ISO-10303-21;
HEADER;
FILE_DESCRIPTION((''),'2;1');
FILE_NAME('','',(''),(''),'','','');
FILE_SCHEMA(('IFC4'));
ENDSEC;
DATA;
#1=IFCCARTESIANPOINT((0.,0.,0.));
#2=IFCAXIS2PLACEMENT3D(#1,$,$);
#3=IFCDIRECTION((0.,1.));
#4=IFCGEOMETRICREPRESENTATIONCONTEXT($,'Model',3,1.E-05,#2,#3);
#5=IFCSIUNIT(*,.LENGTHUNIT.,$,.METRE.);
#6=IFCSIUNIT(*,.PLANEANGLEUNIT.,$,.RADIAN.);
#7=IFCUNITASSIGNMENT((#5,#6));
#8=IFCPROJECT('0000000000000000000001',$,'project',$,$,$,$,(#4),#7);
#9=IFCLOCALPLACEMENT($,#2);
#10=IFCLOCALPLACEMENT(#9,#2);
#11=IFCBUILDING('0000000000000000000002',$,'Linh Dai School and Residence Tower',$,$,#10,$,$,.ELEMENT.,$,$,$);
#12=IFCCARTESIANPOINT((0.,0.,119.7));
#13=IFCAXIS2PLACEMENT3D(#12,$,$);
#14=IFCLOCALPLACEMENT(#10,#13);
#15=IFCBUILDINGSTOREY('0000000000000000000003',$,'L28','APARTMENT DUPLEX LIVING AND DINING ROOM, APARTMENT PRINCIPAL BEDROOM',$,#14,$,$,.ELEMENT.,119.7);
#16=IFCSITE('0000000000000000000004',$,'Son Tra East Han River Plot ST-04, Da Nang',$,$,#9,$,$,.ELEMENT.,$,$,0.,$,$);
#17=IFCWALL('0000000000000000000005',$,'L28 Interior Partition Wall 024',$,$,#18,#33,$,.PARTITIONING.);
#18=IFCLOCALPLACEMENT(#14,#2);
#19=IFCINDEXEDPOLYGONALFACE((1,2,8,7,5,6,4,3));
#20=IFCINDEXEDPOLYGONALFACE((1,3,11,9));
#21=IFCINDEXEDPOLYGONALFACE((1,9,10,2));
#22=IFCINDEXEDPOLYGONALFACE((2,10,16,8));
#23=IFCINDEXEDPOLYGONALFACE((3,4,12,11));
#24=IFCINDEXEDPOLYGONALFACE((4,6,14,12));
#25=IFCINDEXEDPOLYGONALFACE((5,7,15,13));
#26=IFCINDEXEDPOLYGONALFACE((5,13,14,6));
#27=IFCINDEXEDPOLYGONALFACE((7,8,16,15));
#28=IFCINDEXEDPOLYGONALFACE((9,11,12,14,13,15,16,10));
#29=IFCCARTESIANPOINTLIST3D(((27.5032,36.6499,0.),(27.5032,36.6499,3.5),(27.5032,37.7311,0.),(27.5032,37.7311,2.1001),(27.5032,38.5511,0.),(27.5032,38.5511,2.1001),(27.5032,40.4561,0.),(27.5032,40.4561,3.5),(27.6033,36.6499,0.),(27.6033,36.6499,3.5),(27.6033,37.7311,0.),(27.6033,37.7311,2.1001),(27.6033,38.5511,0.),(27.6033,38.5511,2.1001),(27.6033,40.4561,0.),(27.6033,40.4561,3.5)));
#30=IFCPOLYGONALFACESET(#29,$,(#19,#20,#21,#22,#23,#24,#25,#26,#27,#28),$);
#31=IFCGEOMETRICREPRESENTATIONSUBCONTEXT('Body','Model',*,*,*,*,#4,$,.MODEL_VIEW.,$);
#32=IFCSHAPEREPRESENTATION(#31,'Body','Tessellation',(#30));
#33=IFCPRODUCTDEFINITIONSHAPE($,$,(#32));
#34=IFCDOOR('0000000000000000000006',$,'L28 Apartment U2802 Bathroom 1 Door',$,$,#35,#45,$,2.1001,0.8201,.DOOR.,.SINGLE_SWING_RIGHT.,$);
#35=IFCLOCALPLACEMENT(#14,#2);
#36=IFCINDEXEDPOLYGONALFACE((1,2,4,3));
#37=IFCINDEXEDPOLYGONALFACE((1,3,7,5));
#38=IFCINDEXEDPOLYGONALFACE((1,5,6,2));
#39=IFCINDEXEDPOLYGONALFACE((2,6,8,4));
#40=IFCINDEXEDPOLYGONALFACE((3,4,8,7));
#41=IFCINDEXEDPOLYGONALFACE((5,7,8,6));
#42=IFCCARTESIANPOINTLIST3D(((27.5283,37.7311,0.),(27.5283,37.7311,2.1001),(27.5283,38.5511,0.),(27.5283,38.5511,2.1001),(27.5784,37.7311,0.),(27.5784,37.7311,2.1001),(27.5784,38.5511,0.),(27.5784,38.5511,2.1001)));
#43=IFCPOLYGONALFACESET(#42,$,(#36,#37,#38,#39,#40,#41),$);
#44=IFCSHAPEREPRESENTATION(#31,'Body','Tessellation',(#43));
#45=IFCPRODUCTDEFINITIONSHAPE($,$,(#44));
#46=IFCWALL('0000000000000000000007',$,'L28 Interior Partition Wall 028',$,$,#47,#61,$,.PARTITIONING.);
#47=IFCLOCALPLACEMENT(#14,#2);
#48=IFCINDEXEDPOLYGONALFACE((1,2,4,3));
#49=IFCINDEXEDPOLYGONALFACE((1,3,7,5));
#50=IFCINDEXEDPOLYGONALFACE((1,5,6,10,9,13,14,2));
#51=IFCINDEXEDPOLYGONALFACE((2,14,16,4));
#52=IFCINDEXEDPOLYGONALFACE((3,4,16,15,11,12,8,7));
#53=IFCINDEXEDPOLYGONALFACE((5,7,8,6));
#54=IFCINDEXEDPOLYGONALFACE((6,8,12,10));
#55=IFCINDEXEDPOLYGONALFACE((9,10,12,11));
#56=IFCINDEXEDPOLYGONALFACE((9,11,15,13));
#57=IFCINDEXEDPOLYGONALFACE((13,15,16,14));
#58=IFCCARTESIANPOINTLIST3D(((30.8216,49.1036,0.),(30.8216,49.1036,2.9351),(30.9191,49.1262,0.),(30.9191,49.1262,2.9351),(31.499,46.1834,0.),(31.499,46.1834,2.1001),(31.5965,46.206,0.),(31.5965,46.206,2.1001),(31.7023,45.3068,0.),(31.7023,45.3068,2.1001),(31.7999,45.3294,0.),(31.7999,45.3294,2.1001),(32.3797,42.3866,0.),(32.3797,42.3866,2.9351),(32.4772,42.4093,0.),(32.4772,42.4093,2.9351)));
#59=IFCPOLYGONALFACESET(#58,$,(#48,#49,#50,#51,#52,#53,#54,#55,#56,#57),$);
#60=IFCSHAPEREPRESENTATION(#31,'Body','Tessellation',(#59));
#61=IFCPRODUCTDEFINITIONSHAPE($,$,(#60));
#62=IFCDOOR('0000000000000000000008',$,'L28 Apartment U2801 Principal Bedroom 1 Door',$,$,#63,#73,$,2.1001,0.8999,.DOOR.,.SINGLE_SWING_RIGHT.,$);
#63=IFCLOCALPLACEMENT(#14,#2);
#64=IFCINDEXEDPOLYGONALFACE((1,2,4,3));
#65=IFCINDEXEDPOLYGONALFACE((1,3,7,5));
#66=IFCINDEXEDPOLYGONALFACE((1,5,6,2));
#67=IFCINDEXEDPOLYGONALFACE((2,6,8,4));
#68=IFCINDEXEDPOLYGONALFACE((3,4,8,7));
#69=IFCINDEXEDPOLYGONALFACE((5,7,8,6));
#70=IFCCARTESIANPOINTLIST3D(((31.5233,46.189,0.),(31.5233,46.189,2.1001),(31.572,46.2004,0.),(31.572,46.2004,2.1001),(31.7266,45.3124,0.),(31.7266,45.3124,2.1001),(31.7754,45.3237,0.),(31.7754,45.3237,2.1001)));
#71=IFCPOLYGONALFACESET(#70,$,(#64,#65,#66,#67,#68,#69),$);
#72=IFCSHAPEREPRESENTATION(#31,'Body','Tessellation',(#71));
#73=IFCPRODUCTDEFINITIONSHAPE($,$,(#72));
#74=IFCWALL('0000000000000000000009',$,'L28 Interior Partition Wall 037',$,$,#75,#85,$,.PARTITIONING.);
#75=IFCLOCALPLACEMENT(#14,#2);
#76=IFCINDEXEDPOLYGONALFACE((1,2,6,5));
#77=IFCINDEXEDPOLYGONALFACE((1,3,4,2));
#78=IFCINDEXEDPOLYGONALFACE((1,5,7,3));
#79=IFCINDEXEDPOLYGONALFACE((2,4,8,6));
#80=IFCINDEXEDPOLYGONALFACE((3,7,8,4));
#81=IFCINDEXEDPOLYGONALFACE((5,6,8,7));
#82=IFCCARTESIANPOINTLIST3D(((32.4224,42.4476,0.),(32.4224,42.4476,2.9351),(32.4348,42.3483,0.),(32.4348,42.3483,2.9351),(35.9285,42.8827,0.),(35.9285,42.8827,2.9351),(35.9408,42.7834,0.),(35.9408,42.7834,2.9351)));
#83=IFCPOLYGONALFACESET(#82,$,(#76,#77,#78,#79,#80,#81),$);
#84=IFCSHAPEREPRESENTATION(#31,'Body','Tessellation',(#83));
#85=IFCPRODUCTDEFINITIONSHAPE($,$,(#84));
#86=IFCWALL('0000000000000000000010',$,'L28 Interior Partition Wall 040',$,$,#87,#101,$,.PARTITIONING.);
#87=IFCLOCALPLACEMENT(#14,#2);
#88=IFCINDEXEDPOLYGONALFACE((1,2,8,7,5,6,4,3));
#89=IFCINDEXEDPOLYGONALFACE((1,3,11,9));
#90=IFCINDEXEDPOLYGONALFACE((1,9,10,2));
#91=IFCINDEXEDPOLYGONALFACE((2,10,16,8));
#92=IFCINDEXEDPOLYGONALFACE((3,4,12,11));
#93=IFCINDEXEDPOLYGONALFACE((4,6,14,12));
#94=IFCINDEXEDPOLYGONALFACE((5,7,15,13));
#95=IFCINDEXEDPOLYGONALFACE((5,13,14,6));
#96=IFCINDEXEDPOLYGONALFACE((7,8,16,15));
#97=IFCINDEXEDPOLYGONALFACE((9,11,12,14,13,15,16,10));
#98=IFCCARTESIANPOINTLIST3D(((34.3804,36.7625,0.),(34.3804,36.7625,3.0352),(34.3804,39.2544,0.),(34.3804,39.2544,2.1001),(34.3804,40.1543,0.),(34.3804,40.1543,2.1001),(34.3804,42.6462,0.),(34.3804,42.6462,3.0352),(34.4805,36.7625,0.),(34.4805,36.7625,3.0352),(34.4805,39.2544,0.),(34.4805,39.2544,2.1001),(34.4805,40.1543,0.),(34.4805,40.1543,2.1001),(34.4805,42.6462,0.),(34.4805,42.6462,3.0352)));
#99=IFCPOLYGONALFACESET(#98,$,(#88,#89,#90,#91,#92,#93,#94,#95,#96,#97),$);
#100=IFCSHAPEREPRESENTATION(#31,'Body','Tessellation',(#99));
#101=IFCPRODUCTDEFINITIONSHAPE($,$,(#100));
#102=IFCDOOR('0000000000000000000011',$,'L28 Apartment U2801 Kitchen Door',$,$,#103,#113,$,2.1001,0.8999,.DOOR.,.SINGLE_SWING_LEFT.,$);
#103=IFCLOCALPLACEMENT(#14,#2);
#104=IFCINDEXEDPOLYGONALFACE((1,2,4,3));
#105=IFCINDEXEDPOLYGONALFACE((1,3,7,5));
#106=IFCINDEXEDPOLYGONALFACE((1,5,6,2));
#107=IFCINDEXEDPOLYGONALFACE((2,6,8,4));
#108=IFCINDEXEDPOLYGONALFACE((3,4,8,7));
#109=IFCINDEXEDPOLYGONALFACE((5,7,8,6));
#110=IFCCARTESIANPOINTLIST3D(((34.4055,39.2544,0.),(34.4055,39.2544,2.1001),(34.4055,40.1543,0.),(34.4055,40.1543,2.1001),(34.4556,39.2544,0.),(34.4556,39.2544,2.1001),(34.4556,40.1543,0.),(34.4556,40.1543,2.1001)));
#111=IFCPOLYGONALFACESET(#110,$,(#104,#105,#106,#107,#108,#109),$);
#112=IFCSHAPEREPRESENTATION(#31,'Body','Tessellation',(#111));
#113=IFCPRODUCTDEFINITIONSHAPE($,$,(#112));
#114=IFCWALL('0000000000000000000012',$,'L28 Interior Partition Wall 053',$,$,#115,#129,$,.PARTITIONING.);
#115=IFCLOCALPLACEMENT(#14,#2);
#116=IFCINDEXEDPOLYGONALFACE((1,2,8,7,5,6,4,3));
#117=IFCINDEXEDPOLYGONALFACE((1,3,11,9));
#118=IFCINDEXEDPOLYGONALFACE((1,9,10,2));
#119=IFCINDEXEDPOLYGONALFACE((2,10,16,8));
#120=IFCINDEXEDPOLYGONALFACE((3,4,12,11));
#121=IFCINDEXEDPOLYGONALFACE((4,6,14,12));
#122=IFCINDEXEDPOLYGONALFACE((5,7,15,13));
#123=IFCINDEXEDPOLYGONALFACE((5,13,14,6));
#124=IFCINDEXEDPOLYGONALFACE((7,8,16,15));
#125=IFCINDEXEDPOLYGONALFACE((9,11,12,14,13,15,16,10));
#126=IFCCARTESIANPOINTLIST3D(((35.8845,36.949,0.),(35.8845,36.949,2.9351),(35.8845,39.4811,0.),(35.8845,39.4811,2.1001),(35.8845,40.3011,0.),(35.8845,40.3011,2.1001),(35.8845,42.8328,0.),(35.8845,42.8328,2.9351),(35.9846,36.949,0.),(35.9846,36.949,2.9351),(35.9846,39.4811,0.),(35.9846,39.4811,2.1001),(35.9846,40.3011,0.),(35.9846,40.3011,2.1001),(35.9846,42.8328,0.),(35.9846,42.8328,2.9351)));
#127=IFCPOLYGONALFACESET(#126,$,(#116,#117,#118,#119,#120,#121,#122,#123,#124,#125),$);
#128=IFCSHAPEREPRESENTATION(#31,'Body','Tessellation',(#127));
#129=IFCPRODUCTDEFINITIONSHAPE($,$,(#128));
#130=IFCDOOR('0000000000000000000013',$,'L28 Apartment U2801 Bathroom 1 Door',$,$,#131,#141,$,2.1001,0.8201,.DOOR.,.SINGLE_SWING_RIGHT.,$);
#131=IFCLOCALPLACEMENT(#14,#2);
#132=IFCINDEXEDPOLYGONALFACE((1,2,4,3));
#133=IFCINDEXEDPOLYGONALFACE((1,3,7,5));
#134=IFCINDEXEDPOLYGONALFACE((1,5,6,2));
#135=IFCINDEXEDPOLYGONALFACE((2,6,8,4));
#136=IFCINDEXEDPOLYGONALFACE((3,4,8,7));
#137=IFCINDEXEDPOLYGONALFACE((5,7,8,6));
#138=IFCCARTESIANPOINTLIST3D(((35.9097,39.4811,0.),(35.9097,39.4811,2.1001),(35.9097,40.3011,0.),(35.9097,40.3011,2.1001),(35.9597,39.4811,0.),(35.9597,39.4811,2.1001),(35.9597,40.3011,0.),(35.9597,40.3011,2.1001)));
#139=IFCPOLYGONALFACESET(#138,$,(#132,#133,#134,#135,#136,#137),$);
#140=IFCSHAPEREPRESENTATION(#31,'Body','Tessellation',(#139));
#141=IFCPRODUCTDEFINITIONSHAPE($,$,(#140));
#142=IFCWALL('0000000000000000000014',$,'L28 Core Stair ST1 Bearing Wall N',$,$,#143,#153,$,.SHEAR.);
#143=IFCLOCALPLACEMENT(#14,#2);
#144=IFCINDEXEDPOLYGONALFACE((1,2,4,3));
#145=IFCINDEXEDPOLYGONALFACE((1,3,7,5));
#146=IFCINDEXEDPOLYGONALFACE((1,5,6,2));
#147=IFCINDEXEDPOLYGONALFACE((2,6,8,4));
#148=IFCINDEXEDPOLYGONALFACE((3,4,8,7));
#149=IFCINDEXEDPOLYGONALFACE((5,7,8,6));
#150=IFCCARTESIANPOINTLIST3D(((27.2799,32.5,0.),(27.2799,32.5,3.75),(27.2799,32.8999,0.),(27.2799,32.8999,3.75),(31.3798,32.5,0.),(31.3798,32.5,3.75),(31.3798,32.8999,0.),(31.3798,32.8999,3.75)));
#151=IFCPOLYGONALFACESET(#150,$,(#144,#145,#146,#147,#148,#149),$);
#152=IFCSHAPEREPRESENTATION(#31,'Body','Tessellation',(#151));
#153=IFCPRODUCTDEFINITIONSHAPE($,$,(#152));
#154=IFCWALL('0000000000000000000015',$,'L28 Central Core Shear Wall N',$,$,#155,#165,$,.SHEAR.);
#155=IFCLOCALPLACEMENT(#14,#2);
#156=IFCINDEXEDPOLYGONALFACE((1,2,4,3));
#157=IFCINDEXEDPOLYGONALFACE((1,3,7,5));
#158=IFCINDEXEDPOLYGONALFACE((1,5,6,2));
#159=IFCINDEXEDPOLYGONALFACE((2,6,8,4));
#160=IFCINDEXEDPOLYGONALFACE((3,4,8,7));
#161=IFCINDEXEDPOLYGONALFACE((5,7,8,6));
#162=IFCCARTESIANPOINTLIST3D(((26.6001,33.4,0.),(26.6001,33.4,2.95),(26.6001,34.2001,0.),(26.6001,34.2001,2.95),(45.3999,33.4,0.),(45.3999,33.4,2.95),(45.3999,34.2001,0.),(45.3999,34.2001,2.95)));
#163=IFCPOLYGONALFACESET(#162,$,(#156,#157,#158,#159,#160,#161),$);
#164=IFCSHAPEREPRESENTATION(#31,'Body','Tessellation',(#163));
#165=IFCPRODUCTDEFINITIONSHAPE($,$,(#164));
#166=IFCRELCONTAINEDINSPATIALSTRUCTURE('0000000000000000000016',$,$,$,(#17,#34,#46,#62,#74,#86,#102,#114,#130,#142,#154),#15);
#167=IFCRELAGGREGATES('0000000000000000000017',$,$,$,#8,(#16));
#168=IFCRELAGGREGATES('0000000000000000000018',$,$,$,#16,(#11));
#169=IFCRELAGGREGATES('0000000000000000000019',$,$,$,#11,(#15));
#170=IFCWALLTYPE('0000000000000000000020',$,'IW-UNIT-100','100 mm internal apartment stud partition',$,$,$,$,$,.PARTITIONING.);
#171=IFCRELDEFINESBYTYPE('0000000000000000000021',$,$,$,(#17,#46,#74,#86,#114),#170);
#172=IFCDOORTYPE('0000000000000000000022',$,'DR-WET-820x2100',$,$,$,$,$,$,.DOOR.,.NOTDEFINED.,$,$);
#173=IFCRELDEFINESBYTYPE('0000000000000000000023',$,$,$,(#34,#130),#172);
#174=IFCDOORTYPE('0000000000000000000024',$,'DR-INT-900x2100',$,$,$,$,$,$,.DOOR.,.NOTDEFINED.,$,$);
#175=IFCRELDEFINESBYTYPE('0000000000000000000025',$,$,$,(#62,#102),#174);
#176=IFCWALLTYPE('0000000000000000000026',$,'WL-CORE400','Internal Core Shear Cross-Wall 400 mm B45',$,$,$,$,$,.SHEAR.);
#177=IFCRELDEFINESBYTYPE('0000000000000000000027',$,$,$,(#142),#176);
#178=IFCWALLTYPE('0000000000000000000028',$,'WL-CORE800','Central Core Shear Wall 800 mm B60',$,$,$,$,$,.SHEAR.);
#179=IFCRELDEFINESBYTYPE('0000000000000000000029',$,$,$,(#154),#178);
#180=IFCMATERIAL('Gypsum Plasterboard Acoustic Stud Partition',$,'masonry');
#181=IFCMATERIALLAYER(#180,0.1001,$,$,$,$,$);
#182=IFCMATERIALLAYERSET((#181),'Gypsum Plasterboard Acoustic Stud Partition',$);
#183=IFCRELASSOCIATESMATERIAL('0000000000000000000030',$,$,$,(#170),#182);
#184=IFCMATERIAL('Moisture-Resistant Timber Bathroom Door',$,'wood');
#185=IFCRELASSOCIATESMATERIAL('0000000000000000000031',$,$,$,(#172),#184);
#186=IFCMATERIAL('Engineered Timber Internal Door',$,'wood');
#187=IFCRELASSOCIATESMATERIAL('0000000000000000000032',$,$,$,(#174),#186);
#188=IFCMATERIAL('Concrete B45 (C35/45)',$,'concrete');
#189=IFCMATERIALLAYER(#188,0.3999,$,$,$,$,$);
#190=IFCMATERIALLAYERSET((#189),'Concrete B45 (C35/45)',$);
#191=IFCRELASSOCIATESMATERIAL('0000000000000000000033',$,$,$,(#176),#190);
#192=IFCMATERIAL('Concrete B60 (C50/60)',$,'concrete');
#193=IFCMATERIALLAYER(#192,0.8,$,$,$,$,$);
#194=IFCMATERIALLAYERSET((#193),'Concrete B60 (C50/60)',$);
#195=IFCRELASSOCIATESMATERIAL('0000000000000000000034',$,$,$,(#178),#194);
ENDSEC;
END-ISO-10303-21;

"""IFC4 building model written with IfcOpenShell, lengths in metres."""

from ifc_helpers import new_model, si_unit, direction, frame, frame_2d, origin, origin_2d, place, context, subcontext, project, spatial, rectangle, extrude, source, transform, mapped, material, layer, layer_set, type_object, element, fill, save


model = new_model("IFC4")

# Units and contexts
model_context = context("Model", 3, precision=1e-05, world=origin(), true_north=direction((0.0, 1.0)))
body_context = subcontext(model_context, "Body", "Model", "MODEL_VIEW")
ifc_project = project(units=[si_unit("LENGTHUNIT", "METRE"), si_unit("PLANEANGLEUNIT", "RADIAN")], contexts=[model_context])

# Site, building, storey
site_placement = place(None, origin())
site = spatial("IfcSite", under=ifc_project, at=site_placement, Name="Son Tra East Han River Plot ST-04, Da Nang", CompositionType="ELEMENT", RefElevation=0.0)
building_placement = place(site_placement, origin())
building = spatial("IfcBuilding", under=site, at=building_placement, Name="Linh Dai School and Residence Tower", CompositionType="ELEMENT")
storey_placement = place(building_placement, frame((0.0, 0.0, 119.7)))
storey = spatial("IfcBuildingStorey", under=building, at=storey_placement, Name="L28", Description="APARTMENT DUPLEX LIVING AND DINING ROOM, APARTMENT PRINCIPAL BEDROOM", CompositionType="ELEMENT", Elevation=119.7)

# Walls, openings, doors
ifc_material_1 = material(Name="Gypsum Plasterboard Acoustic Stud Partition", Category="masonry")
ifc_layer_1 = layer(ifc_material_1, 0.1001)
ifc_layer_set_1 = layer_set([ifc_layer_1], Name="Gypsum Plasterboard Acoustic Stud Partition")
wall_type_1 = type_object("IfcWallType", Name="IW-UNIT-100", Description="100 mm internal apartment stud partition", PredefinedType="PARTITIONING", material=ifc_layer_set_1)
wall_1_placement = place(storey_placement, frame((27.5532, 36.6499, 0.0), z_axis=(0.0, 0.0, 1.0), x_axis=(0.0, 1.0, 0.0)))
wall_1 = element("IfcWall", 1, at=wall_1_placement, inside=storey, type_object=wall_type_1, Name="L28 Interior Partition Wall 024", PredefinedType="PARTITIONING", context=body_context, shape_type="SweptSolid", body=[
    extrude(rectangle(XDim=3.8062, YDim=0.1001, at=frame_2d((1.9031, 0.0))), origin(), (0.0, 0.0, 1.0), 3.5),
])
opening_1_placement = place(wall_1_placement, frame((1.0811, 0.0, 0.0)))
opening_1 = element("IfcOpeningElement", 2, at=opening_1_placement, cuts=wall_1, PredefinedType="OPENING", context=body_context, shape_type="SweptSolid", body=[
    extrude(rectangle(XDim=0.8201, YDim=2.1001, at=origin_2d()), frame((0.4102, 0.0601, 1.05), z_axis=(0.0, -1.0, 0.0), x_axis=(1.0, 0.0, 0.0)), (0.0, 0.0, 1.0), 0.1201),
])
ifc_material_2 = material(Name="Moisture-Resistant Timber Bathroom Door", Category="wood")
door_type_1 = type_object("IfcDoorType", Name="DR-WET-820x2100", OperationType="NOTDEFINED", PredefinedType="DOOR", material=ifc_material_2)
shared_shape_1 = source(origin(), body_context, "Body", "SweptSolid", [
    extrude(rectangle(XDim=0.8201, YDim=2.1001, at=origin_2d()), frame((0.4102, 0.0249, 1.05), z_axis=(0.0, -1.0, 0.0), x_axis=(1.0, 0.0, 0.0)), (0.0, 0.0, 1.0), 0.05),
])
door_1_placement = place(opening_1_placement, origin())
door_1 = element("IfcDoor", 3, at=door_1_placement, inside=storey, type_object=door_type_1, Name="L28 Apartment U2802 Bathroom 1 Door", OperationType="SINGLE_SWING_RIGHT", OverallHeight=2.1001, OverallWidth=0.8201, PredefinedType="DOOR", context=body_context, shape_type="MappedRepresentation", body=[
    mapped(shared_shape_1, transform((0.0, 0.0, 0.0), x_axis=(1.0, 0.0, 0.0), y_axis=(0.0, 1.0, 0.0), z_axis=(0.0, 0.0, 1.0), scale=1.0)),
])
fill(opening_1, door_1)
wall_2_placement = place(storey_placement, frame((30.8704, 49.115, 0.0), z_axis=(0.0, 0.0, 1.0), x_axis=(0.225964, -0.974136, 0.0)))
wall_2 = element("IfcWall", 4, at=wall_2_placement, inside=storey, type_object=wall_type_1, Name="L28 Interior Partition Wall 028", PredefinedType="PARTITIONING", context=body_context, shape_type="SweptSolid", body=[
    extrude(rectangle(XDim=6.8953, YDim=0.1001, at=frame_2d((3.4478, 0.0))), origin(), (0.0, 0.0, 1.0), 2.9351),
])
opening_2_placement = place(wall_2_placement, frame((2.9978, 0.0, 0.0)))
opening_2 = element("IfcOpeningElement", 5, at=opening_2_placement, cuts=wall_2, PredefinedType="OPENING", context=body_context, shape_type="SweptSolid", body=[
    extrude(rectangle(XDim=0.8999, YDim=2.1001, at=origin_2d()), frame((0.45, 0.0601, 1.05), z_axis=(0.0, -1.0, 0.0), x_axis=(1.0, 0.0, 0.0)), (0.0, 0.0, 1.0), 0.1201),
])
ifc_material_3 = material(Name="Engineered Timber Internal Door", Category="wood")
door_type_2 = type_object("IfcDoorType", Name="DR-INT-900x2100", OperationType="NOTDEFINED", PredefinedType="DOOR", material=ifc_material_3)
shared_shape_2 = source(origin(), body_context, "Body", "SweptSolid", [
    extrude(rectangle(XDim=0.8999, YDim=2.1001, at=origin_2d()), frame((0.45, 0.0249, 1.05), z_axis=(0.0, -1.0, 0.0), x_axis=(1.0, 0.0, 0.0)), (0.0, 0.0, 1.0), 0.05),
])
door_2_placement = place(opening_2_placement, origin())
door_2 = element("IfcDoor", 6, at=door_2_placement, inside=storey, type_object=door_type_2, Name="L28 Apartment U2801 Principal Bedroom 1 Door", OperationType="SINGLE_SWING_RIGHT", OverallHeight=2.1001, OverallWidth=0.8999, PredefinedType="DOOR", context=body_context, shape_type="MappedRepresentation", body=[
    mapped(shared_shape_2, transform((0.0, 0.0, 0.0), x_axis=(1.0, 0.0, 0.0), y_axis=(0.0, 1.0, 0.0), z_axis=(0.0, 0.0, 1.0), scale=1.0)),
])
fill(opening_2, door_2)

# Wall
wall_3_placement = place(storey_placement, frame((32.4285, 42.3979, 0.0), z_axis=(0.0, 0.0, 1.0), x_axis=(0.992389, 0.123142, 0.0)))
element("IfcWall", 7, at=wall_3_placement, inside=storey, type_object=wall_type_1, Name="L28 Interior Partition Wall 037", PredefinedType="PARTITIONING", context=body_context, shape_type="SweptSolid", body=[
    extrude(rectangle(XDim=3.533, YDim=0.1001, at=frame_2d((1.7666, 0.0))), origin(), (0.0, 0.0, 1.0), 2.9351),
])

# Walls, openings, doors
wall_4_placement = place(storey_placement, frame((34.4304, 36.7625, 0.0), z_axis=(0.0, 0.0, 1.0), x_axis=(0.0, 1.0, 0.0)))
wall_4 = element("IfcWall", 8, at=wall_4_placement, inside=storey, type_object=wall_type_1, Name="L28 Interior Partition Wall 040", PredefinedType="PARTITIONING", context=body_context, shape_type="SweptSolid", body=[
    extrude(rectangle(XDim=5.8838, YDim=0.1001, at=frame_2d((2.9419, 0.0))), origin(), (0.0, 0.0, 1.0), 3.0352),
])
opening_3_placement = place(wall_4_placement, frame((2.4919, 0.0, 0.0)))
opening_3 = element("IfcOpeningElement", 9, at=opening_3_placement, cuts=wall_4, PredefinedType="OPENING", context=body_context, shape_type="SweptSolid", body=[
    extrude(rectangle(XDim=0.8999, YDim=2.1001, at=origin_2d()), frame((0.45, 0.0601, 1.05), z_axis=(0.0, -1.0, 0.0), x_axis=(1.0, 0.0, 0.0)), (0.0, 0.0, 1.0), 0.1201),
])
door_3_placement = place(opening_3_placement, origin())
door_3 = element("IfcDoor", 10, at=door_3_placement, inside=storey, type_object=door_type_2, Name="L28 Apartment U2801 Kitchen Door", OperationType="SINGLE_SWING_LEFT", OverallHeight=2.1001, OverallWidth=0.8999, PredefinedType="DOOR", context=body_context, shape_type="MappedRepresentation", body=[
    mapped(shared_shape_2, transform((0.0, 0.0, 0.0), x_axis=(1.0, 0.0, 0.0), y_axis=(0.0, 1.0, 0.0), z_axis=(0.0, 0.0, 1.0), scale=1.0)),
])
fill(opening_3, door_3)
wall_5_placement = place(storey_placement, frame((35.9346, 36.949, 0.0), z_axis=(0.0, 0.0, 1.0), x_axis=(0.0, 1.0, 0.0)))
wall_5 = element("IfcWall", 11, at=wall_5_placement, inside=storey, type_object=wall_type_1, Name="L28 Interior Partition Wall 053", PredefinedType="PARTITIONING", context=body_context, shape_type="SweptSolid", body=[
    extrude(rectangle(XDim=5.8838, YDim=0.1001, at=frame_2d((2.9419, 0.0))), origin(), (0.0, 0.0, 1.0), 2.9351),
])
opening_4_placement = place(wall_5_placement, frame((2.532, 0.0, 0.0)))
opening_4 = element("IfcOpeningElement", 12, at=opening_4_placement, cuts=wall_5, PredefinedType="OPENING", context=body_context, shape_type="SweptSolid", body=[
    extrude(rectangle(XDim=0.8201, YDim=2.1001, at=origin_2d()), frame((0.4102, 0.0601, 1.05), z_axis=(0.0, -1.0, 0.0), x_axis=(1.0, 0.0, 0.0)), (0.0, 0.0, 1.0), 0.1201),
])
door_4_placement = place(opening_4_placement, origin())
door_4 = element("IfcDoor", 13, at=door_4_placement, inside=storey, type_object=door_type_1, Name="L28 Apartment U2801 Bathroom 1 Door", OperationType="SINGLE_SWING_RIGHT", OverallHeight=2.1001, OverallWidth=0.8201, PredefinedType="DOOR", context=body_context, shape_type="MappedRepresentation", body=[
    mapped(shared_shape_1, transform((0.0, 0.0, 0.0), x_axis=(1.0, 0.0, 0.0), y_axis=(0.0, 1.0, 0.0), z_axis=(0.0, 0.0, 1.0), scale=1.0)),
])
fill(opening_4, door_4)

# Walls
ifc_material_4 = material(Name="Concrete B45 (C35/45)", Category="concrete")
ifc_layer_2 = layer(ifc_material_4, 0.3999)
ifc_layer_set_2 = layer_set([ifc_layer_2], Name="Concrete B45 (C35/45)")
wall_type_2 = type_object("IfcWallType", Name="WL-CORE400", Description="Internal Core Shear Cross-Wall 400 mm B45", PredefinedType="SHEAR", material=ifc_layer_set_2)
wall_6_placement = place(storey_placement, frame((27.28, 32.7, 0.0), z_axis=(0.0, 0.0, 1.0), x_axis=(1.0, 0.0, 0.0)))
element("IfcWall", 14, at=wall_6_placement, inside=storey, type_object=wall_type_2, Name="L28 Core Stair ST1 Bearing Wall N", PredefinedType="SHEAR", context=body_context, shape_type="SweptSolid", body=[
    extrude(rectangle(XDim=4.0999, YDim=0.3999, at=frame_2d((2.0498, 0.0))), origin(), (0.0, 0.0, 1.0), 3.75),
])
ifc_material_5 = material(Name="Concrete B60 (C50/60)", Category="concrete")
ifc_layer_3 = layer(ifc_material_5, 0.8)
ifc_layer_set_3 = layer_set([ifc_layer_3], Name="Concrete B60 (C50/60)")
wall_type_3 = type_object("IfcWallType", Name="WL-CORE800", Description="Central Core Shear Wall 800 mm B60", PredefinedType="SHEAR", material=ifc_layer_set_3)
wall_7_placement = place(storey_placement, frame((26.6001, 33.8, 0.0), z_axis=(0.0, 0.0, 1.0), x_axis=(1.0, 0.0, 0.0)))
element("IfcWall", 15, at=wall_7_placement, inside=storey, type_object=wall_type_3, Name="L28 Central Core Shear Wall N", PredefinedType="SHEAR", context=body_context, shape_type="SweptSolid", body=[
    extrude(rectangle(XDim=18.7998, YDim=0.8, at=frame_2d((9.3999, 0.0))), origin(), (0.0, 0.0, 1.0), 2.95),
])

save(model, "model.ifc")
